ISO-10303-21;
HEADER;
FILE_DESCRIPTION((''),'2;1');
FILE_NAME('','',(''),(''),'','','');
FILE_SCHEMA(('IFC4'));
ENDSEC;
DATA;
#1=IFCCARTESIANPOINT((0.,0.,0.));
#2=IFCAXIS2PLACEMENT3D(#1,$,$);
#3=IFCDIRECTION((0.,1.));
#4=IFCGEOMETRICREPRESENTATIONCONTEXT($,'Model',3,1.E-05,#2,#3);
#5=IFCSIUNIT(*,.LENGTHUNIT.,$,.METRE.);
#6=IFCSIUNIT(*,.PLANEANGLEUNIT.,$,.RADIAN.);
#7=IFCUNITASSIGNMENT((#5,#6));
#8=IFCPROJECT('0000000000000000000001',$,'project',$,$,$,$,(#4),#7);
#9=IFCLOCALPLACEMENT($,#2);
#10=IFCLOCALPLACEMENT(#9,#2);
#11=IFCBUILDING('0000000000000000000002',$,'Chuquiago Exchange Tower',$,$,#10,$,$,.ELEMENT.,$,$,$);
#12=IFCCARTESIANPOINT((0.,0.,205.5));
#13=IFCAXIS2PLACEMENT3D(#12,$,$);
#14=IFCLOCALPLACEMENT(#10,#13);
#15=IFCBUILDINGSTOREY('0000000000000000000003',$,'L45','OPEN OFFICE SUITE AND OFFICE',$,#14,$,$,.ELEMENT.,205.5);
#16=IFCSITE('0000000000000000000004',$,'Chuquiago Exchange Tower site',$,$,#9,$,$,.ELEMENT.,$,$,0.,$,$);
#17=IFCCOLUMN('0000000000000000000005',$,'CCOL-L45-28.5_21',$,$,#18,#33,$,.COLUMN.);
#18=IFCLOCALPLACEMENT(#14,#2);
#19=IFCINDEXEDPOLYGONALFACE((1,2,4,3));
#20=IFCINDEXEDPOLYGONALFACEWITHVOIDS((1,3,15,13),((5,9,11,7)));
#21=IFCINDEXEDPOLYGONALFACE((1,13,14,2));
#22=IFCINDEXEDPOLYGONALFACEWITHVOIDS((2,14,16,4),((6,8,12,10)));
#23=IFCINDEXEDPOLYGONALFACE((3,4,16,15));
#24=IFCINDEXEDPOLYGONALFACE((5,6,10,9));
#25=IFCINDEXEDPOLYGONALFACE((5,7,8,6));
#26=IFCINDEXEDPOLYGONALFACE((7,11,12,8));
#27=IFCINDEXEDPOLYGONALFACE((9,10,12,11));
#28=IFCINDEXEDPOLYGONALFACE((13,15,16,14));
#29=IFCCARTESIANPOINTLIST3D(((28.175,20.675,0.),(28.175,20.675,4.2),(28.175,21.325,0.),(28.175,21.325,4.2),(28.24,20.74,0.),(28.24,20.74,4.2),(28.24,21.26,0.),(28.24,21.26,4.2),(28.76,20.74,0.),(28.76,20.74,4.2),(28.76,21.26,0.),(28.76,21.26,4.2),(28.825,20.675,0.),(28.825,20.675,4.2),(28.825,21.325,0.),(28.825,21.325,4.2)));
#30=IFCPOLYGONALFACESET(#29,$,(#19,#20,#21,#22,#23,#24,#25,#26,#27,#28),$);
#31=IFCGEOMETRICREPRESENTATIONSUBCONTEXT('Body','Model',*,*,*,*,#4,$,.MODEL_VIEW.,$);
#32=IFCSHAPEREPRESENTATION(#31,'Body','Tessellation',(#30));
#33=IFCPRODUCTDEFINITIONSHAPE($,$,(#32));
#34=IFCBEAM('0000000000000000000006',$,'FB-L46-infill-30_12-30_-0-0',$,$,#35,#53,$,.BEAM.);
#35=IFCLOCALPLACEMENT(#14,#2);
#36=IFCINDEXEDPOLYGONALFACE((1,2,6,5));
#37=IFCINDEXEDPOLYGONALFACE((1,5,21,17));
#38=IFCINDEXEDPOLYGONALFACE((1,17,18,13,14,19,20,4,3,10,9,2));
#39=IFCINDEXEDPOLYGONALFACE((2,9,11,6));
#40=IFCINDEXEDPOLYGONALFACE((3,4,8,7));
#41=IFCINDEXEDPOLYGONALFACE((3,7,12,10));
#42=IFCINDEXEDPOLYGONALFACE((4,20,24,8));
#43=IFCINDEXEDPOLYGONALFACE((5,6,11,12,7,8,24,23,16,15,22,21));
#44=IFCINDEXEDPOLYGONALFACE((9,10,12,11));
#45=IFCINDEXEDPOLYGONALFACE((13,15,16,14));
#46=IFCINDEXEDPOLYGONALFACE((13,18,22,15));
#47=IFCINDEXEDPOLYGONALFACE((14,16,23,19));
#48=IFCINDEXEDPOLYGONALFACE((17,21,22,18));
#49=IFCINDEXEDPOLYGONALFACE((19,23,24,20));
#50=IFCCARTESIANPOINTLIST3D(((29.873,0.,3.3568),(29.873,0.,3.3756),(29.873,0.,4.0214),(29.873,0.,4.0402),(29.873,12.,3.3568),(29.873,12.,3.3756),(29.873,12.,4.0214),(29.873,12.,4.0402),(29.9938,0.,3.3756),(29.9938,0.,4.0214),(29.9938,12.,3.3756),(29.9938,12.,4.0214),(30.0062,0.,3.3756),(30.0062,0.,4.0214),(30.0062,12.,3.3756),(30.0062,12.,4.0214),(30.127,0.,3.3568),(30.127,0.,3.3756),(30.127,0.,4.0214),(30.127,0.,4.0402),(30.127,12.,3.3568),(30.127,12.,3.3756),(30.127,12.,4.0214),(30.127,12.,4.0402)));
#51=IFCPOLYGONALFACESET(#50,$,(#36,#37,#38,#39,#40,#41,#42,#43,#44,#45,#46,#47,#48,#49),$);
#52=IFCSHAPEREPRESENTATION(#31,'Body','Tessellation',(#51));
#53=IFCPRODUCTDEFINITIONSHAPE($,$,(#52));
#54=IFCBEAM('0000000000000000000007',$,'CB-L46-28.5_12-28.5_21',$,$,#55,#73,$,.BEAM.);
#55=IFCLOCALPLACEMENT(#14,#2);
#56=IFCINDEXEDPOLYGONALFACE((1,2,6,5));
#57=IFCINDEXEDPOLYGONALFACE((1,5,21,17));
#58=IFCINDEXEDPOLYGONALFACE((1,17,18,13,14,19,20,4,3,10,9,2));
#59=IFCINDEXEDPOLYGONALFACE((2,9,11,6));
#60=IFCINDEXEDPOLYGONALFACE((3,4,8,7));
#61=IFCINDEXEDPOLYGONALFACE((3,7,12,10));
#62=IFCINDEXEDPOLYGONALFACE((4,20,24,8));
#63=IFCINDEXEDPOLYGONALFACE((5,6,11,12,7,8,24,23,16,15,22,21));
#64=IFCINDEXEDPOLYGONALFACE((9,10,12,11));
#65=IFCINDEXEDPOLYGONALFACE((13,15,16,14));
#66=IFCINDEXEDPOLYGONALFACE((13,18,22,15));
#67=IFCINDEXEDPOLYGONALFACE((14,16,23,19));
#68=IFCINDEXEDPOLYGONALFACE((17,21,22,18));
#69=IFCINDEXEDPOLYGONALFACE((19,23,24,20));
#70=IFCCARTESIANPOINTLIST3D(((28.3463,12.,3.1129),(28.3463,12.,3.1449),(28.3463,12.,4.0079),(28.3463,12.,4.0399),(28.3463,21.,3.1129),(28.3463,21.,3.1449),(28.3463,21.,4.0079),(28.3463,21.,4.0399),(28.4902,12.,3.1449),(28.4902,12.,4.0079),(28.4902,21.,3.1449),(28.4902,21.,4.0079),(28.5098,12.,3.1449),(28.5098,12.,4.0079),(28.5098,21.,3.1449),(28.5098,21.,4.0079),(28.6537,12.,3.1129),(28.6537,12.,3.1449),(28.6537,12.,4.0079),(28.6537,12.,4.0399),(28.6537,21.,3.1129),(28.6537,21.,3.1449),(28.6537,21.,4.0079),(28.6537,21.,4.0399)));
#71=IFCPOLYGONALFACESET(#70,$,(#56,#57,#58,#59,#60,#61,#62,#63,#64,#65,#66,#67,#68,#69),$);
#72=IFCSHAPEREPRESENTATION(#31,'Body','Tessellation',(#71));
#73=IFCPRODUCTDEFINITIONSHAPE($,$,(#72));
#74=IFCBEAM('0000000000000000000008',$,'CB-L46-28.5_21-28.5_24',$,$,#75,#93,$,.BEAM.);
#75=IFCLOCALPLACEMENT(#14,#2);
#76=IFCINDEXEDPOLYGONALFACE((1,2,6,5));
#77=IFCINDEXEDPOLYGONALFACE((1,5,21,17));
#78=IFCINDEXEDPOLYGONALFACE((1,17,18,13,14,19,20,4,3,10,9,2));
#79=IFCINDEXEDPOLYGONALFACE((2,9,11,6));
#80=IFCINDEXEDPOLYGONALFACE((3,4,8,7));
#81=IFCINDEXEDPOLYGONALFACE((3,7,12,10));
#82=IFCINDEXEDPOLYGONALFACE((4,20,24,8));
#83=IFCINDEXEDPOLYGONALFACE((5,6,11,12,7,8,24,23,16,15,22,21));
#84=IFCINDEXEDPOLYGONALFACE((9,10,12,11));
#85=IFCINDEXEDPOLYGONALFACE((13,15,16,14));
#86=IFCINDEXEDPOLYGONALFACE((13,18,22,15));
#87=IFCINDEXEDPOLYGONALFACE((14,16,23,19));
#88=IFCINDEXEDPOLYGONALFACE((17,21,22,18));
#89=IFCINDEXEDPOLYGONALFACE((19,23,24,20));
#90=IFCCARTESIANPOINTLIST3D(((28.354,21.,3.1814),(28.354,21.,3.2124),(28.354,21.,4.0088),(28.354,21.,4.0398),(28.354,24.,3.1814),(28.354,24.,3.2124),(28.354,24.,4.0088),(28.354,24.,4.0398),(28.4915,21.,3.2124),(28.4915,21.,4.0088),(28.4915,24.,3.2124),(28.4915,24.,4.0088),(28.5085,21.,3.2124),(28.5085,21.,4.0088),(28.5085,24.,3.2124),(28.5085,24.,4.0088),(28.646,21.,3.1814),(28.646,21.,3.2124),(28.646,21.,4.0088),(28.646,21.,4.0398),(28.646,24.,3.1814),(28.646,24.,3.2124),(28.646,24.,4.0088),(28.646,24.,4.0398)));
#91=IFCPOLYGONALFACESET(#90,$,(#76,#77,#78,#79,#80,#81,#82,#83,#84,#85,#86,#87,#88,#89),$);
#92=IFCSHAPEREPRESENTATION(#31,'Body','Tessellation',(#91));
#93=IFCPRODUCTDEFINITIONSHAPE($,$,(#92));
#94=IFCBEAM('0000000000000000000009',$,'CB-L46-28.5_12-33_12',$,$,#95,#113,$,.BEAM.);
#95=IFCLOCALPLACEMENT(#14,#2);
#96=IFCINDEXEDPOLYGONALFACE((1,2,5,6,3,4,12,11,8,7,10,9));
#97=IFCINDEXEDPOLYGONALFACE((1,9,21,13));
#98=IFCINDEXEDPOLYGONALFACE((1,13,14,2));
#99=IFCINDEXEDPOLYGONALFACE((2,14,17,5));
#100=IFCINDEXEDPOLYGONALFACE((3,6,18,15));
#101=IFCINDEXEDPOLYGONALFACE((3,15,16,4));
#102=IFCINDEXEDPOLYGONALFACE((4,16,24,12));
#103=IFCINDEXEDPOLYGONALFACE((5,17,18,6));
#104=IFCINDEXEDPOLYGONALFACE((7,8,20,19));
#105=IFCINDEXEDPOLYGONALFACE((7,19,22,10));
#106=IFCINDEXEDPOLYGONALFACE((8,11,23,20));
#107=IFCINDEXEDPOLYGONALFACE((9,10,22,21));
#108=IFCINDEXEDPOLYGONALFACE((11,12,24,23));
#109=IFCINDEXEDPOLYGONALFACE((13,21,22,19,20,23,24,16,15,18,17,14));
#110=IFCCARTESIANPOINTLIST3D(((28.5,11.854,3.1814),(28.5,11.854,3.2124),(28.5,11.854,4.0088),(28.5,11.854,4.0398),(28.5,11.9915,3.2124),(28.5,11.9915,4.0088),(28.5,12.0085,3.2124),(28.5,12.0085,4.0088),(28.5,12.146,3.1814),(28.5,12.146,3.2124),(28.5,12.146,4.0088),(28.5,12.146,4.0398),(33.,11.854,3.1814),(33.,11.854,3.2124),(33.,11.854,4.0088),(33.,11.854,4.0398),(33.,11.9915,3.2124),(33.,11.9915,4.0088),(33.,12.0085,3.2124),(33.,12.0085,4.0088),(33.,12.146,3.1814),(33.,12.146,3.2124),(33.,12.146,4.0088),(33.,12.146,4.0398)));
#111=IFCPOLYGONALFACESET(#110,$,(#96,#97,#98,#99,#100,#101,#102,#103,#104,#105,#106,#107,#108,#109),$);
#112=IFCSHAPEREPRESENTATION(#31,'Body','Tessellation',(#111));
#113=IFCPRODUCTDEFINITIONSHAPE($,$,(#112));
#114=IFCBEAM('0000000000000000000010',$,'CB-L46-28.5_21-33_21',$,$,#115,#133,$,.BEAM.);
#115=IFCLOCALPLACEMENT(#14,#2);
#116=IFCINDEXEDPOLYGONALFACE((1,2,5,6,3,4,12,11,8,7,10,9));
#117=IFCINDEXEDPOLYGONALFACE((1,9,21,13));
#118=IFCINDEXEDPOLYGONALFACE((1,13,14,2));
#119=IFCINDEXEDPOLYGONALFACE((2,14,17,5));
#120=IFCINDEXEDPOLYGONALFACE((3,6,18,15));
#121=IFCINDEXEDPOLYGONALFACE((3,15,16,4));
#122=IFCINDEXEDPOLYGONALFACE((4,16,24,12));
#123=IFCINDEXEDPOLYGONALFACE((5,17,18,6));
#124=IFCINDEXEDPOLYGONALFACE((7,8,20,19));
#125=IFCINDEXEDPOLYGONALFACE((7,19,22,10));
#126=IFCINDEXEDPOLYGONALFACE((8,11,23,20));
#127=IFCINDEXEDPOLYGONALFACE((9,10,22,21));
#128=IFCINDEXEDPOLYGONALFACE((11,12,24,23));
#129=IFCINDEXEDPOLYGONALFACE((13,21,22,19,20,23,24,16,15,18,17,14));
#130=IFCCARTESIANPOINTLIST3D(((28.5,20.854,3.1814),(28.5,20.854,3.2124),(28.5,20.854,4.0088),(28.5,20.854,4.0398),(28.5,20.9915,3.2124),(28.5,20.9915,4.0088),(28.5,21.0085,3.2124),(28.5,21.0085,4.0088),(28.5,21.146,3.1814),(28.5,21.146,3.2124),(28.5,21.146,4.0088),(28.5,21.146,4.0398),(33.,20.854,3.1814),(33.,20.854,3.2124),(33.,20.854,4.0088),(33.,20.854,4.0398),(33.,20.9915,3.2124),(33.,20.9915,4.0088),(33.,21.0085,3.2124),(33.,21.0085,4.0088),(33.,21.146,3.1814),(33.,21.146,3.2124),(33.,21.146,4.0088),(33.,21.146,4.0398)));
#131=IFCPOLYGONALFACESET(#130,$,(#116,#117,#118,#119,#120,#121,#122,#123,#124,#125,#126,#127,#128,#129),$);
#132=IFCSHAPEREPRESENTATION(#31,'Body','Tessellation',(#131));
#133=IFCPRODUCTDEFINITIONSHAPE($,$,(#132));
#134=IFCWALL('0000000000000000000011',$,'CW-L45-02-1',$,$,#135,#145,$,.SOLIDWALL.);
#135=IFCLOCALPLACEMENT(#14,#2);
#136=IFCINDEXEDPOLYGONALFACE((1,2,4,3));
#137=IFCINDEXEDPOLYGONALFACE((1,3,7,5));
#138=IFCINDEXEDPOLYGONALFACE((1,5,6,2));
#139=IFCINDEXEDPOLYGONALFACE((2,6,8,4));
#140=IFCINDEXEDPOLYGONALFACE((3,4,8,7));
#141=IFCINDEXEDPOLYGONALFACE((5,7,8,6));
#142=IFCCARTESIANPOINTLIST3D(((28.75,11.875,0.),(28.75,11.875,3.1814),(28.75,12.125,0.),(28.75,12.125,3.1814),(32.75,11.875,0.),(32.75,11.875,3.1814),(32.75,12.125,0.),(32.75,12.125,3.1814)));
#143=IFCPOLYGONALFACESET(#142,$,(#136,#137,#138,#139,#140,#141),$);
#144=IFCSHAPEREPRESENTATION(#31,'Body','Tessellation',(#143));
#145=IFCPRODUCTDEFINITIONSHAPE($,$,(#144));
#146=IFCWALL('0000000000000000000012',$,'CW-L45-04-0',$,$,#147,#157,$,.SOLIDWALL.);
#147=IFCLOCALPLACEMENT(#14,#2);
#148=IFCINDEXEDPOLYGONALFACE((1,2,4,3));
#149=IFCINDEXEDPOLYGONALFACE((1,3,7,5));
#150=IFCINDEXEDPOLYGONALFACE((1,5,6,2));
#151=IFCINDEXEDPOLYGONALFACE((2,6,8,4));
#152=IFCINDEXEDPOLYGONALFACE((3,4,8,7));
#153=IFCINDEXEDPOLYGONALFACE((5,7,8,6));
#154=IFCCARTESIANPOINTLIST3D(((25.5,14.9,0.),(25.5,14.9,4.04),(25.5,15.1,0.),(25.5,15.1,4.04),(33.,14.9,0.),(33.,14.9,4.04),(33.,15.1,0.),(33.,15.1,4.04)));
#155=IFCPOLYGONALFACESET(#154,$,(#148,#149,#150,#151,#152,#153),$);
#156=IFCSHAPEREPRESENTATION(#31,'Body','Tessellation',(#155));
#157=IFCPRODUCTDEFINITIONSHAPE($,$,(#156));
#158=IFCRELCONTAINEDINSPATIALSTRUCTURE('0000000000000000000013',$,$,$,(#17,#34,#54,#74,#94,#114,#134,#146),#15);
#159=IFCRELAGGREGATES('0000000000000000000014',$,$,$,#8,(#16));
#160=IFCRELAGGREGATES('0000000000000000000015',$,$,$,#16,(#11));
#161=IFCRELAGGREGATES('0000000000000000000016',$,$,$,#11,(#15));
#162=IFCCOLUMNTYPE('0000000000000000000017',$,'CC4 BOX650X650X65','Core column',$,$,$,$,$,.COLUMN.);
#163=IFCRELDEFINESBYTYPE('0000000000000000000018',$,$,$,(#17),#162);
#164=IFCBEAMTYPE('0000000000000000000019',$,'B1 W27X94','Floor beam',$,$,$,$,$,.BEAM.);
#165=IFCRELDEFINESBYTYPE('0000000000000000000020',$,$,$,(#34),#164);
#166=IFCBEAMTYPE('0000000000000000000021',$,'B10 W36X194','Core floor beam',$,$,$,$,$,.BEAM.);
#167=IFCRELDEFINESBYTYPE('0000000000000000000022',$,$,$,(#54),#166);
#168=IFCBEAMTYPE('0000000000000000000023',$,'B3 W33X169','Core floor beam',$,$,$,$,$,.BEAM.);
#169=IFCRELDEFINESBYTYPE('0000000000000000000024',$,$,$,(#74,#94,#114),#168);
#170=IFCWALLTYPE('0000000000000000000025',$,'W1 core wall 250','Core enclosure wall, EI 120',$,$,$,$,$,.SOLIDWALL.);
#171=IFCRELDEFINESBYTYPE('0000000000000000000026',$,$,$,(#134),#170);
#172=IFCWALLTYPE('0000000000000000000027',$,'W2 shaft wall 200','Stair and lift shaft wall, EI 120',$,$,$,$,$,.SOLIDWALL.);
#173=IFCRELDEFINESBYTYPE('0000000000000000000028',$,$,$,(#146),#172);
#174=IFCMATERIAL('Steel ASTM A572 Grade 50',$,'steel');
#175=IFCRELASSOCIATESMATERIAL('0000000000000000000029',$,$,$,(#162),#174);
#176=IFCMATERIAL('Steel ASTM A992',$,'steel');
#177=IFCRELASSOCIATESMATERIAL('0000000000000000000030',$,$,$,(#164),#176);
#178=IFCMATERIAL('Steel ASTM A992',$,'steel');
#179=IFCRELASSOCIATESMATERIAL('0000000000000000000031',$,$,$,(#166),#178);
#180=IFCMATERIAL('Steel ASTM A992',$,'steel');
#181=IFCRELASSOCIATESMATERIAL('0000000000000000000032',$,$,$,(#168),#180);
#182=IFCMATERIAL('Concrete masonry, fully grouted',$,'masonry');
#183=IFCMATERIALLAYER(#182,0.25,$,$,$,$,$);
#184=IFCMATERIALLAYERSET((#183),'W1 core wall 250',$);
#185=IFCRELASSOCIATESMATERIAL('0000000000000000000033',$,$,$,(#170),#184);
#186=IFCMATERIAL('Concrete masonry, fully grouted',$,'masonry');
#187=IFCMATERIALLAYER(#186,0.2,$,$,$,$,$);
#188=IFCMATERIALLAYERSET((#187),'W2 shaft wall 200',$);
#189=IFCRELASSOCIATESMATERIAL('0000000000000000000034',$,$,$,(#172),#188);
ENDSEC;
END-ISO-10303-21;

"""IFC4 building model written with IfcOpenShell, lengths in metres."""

from ifc_helpers import new_model, si_unit, direction, frame, frame_2d, origin, origin_2d, place, context, subcontext, project, spatial, rectangle, hollow_rectangle, i_section, extrude, material, layer, layer_set, material_profile, profile_set, type_object, element, save


model = new_model("IFC4")

# Units and contexts
model_context = context("Model", 3, precision=1e-05, world=origin(), true_north=direction((0.0, 1.0)))
body_context = subcontext(model_context, "Body", "Model", "MODEL_VIEW")
ifc_project = project(units=[si_unit("LENGTHUNIT", "METRE"), si_unit("PLANEANGLEUNIT", "RADIAN")], contexts=[model_context])

# Site, building, storey
site_placement = place(None, origin())
site = spatial("IfcSite", under=ifc_project, at=site_placement, Name="Chuquiago Exchange Tower site", CompositionType="ELEMENT", RefElevation=0.0)
building_placement = place(site_placement, origin())
building = spatial("IfcBuilding", under=site, at=building_placement, Name="Chuquiago Exchange Tower", CompositionType="ELEMENT")
storey_placement = place(building_placement, frame((0.0, 0.0, 205.5)))
storey = spatial("IfcBuildingStorey", under=building, at=storey_placement, Name="L45", Description="OPEN OFFICE SUITE AND OFFICE", CompositionType="ELEMENT", Elevation=205.5)

# Column
ifc_material_1 = material(Name="Steel ASTM A572 Grade 50", Category="steel")
ifc_material_profile_1 = material_profile(ifc_material_1, hollow_rectangle(XDim=0.6499, YDim=0.6499, WallThickness=0.0649, at=origin_2d()), Name="BOX650X650X65")
ifc_profile_set_1 = profile_set([ifc_material_profile_1], Name="Steel ASTM A572 Grade 50")
column_type = type_object("IfcColumnType", Name="CC4 BOX650X650X65", Description="Core column", PredefinedType="COLUMN", material=ifc_profile_set_1)
column_placement = place(storey_placement, frame((28.5, 21.0, 0.0), z_axis=(0.0, 0.0, 1.0), x_axis=(1.0, 0.0, 0.0)))
element("IfcColumn", 1, at=column_placement, inside=storey, type_object=column_type, Name="CCOL-L45-28.5_21", PredefinedType="COLUMN", context=body_context, shape_type="SweptSolid", body=[
    extrude(hollow_rectangle(XDim=0.6499, YDim=0.6499, WallThickness=0.0649, at=origin_2d()), origin(), (0.0, 0.0, 1.0), 4.2),
])

# Beams
ifc_material_2 = material(Name="Steel ASTM A992", Category="steel")
ifc_material_profile_2 = material_profile(ifc_material_2, i_section(OverallWidth=0.2539, OverallDepth=0.6833, WebThickness=0.0125, FlangeThickness=0.0188, at=origin_2d()), Name="W27X94")
ifc_profile_set_2 = profile_set([ifc_material_profile_2], Name="Steel ASTM A992")
beam_type_1 = type_object("IfcBeamType", Name="B1 W27X94", Description="Floor beam", PredefinedType="BEAM", material=ifc_profile_set_2)
beam_1_placement = place(storey_placement, frame((30.0, 12.0, 3.6985), z_axis=(0.0, -1.0, 0.0), x_axis=(1.0, 0.0, 0.0)))
element("IfcBeam", 2, at=beam_1_placement, inside=storey, type_object=beam_type_1, Name="FB-L46-infill-30_12-30_-0-0", PredefinedType="BEAM", context=body_context, shape_type="SweptSolid", body=[
    extrude(i_section(OverallWidth=0.2539, OverallDepth=0.6833, WebThickness=0.0125, FlangeThickness=0.0188, at=origin_2d()), origin(), (0.0, 0.0, 1.0), 12.0),
])
ifc_material_3 = material(Name="Steel ASTM A992", Category="steel")
ifc_material_profile_3 = material_profile(ifc_material_3, i_section(OverallWidth=0.3074, OverallDepth=0.927, WebThickness=0.0195, FlangeThickness=0.032, at=origin_2d()), Name="W36X194")
ifc_profile_set_3 = profile_set([ifc_material_profile_3], Name="Steel ASTM A992")
beam_type_2 = type_object("IfcBeamType", Name="B10 W36X194", Description="Core floor beam", PredefinedType="BEAM", material=ifc_profile_set_3)
beam_2_placement = place(storey_placement, frame((28.5, 12.0, 3.5764), z_axis=(0.0, 1.0, 0.0), x_axis=(-1.0, 0.0, 0.0)))
element("IfcBeam", 3, at=beam_2_placement, inside=storey, type_object=beam_type_2, Name="CB-L46-28.5_12-28.5_21", PredefinedType="BEAM", context=body_context, shape_type="SweptSolid", body=[
    extrude(i_section(OverallWidth=0.3074, OverallDepth=0.927, WebThickness=0.0195, FlangeThickness=0.032, at=origin_2d()), origin(), (0.0, 0.0, 1.0), 9.0),
])
ifc_material_4 = material(Name="Steel ASTM A992", Category="steel")
ifc_material_profile_4 = material_profile(ifc_material_4, i_section(OverallWidth=0.292, OverallDepth=0.8584, WebThickness=0.0171, FlangeThickness=0.031, at=origin_2d()), Name="W33X169")
ifc_profile_set_4 = profile_set([ifc_material_profile_4], Name="Steel ASTM A992")
beam_type_3 = type_object("IfcBeamType", Name="B3 W33X169", Description="Core floor beam", PredefinedType="BEAM", material=ifc_profile_set_4)
beam_3_placement = place(storey_placement, frame((28.5, 21.0, 3.6106), z_axis=(0.0, 1.0, 0.0), x_axis=(-1.0, 0.0, 0.0)))
element("IfcBeam", 4, at=beam_3_placement, inside=storey, type_object=beam_type_3, Name="CB-L46-28.5_21-28.5_24", PredefinedType="BEAM", context=body_context, shape_type="SweptSolid", body=[
    extrude(i_section(OverallWidth=0.292, OverallDepth=0.8584, WebThickness=0.0171, FlangeThickness=0.031, at=origin_2d()), origin(), (0.0, 0.0, 1.0), 3.0),
])
for number, where, z_axis, x_axis, name in (
    (5, (28.5, 12.0, 3.6106), (1.0, 0.0, 0.0), (0.0, 1.0, 0.0), "CB-L46-28.5_12-33_12"),
    (6, (28.5, 21.0, 3.6106), (1.0, 0.0, 0.0), (0.0, 1.0, 0.0), "CB-L46-28.5_21-33_21"),
):
    element("IfcBeam", number, at=place(storey_placement, frame(where, z_axis=z_axis, x_axis=x_axis)), inside=storey, type_object=beam_type_3, Name=name, PredefinedType="BEAM", context=body_context, shape_type="SweptSolid", body=[
        extrude(i_section(OverallWidth=0.292, OverallDepth=0.8584, WebThickness=0.0171, FlangeThickness=0.031, at=origin_2d()), origin(), (0.0, 0.0, 1.0), 4.5),
    ])

# Walls
ifc_material_5 = material(Name="Concrete masonry, fully grouted", Category="masonry")
ifc_layer_1 = layer(ifc_material_5, 0.25)
ifc_layer_set_1 = layer_set([ifc_layer_1], Name="W1 core wall 250")
wall_type_1 = type_object("IfcWallType", Name="W1 core wall 250", Description="Core enclosure wall, EI 120", PredefinedType="SOLIDWALL", material=ifc_layer_set_1)
wall_1_placement = place(storey_placement, frame((28.75, 12.0, 0.0), z_axis=(0.0, 0.0, 1.0), x_axis=(1.0, 0.0, 0.0)))
element("IfcWall", 7, at=wall_1_placement, inside=storey, type_object=wall_type_1, Name="CW-L45-02-1", PredefinedType="SOLIDWALL", context=body_context, shape_type="SweptSolid", body=[
    extrude(rectangle(XDim=4.0, YDim=0.25, at=frame_2d((2.0, 0.0))), origin(), (0.0, 0.0, 1.0), 3.1814),
])
ifc_material_6 = material(Name="Concrete masonry, fully grouted", Category="masonry")
ifc_layer_2 = layer(ifc_material_6, 0.2)
ifc_layer_set_2 = layer_set([ifc_layer_2], Name="W2 shaft wall 200")
wall_type_2 = type_object("IfcWallType", Name="W2 shaft wall 200", Description="Stair and lift shaft wall, EI 120", PredefinedType="SOLIDWALL", material=ifc_layer_set_2)
wall_2_placement = place(storey_placement, frame((25.5, 15.0, 0.0), z_axis=(0.0, 0.0, 1.0), x_axis=(1.0, 0.0, 0.0)))
element("IfcWall", 8, at=wall_2_placement, inside=storey, type_object=wall_type_2, Name="CW-L45-04-0", PredefinedType="SOLIDWALL", context=body_context, shape_type="SweptSolid", body=[
    extrude(rectangle(XDim=7.5, YDim=0.2, at=frame_2d((3.75, 0.0))), origin(), (0.0, 0.0, 1.0), 4.04),
])

save(model, "model.ifc")
